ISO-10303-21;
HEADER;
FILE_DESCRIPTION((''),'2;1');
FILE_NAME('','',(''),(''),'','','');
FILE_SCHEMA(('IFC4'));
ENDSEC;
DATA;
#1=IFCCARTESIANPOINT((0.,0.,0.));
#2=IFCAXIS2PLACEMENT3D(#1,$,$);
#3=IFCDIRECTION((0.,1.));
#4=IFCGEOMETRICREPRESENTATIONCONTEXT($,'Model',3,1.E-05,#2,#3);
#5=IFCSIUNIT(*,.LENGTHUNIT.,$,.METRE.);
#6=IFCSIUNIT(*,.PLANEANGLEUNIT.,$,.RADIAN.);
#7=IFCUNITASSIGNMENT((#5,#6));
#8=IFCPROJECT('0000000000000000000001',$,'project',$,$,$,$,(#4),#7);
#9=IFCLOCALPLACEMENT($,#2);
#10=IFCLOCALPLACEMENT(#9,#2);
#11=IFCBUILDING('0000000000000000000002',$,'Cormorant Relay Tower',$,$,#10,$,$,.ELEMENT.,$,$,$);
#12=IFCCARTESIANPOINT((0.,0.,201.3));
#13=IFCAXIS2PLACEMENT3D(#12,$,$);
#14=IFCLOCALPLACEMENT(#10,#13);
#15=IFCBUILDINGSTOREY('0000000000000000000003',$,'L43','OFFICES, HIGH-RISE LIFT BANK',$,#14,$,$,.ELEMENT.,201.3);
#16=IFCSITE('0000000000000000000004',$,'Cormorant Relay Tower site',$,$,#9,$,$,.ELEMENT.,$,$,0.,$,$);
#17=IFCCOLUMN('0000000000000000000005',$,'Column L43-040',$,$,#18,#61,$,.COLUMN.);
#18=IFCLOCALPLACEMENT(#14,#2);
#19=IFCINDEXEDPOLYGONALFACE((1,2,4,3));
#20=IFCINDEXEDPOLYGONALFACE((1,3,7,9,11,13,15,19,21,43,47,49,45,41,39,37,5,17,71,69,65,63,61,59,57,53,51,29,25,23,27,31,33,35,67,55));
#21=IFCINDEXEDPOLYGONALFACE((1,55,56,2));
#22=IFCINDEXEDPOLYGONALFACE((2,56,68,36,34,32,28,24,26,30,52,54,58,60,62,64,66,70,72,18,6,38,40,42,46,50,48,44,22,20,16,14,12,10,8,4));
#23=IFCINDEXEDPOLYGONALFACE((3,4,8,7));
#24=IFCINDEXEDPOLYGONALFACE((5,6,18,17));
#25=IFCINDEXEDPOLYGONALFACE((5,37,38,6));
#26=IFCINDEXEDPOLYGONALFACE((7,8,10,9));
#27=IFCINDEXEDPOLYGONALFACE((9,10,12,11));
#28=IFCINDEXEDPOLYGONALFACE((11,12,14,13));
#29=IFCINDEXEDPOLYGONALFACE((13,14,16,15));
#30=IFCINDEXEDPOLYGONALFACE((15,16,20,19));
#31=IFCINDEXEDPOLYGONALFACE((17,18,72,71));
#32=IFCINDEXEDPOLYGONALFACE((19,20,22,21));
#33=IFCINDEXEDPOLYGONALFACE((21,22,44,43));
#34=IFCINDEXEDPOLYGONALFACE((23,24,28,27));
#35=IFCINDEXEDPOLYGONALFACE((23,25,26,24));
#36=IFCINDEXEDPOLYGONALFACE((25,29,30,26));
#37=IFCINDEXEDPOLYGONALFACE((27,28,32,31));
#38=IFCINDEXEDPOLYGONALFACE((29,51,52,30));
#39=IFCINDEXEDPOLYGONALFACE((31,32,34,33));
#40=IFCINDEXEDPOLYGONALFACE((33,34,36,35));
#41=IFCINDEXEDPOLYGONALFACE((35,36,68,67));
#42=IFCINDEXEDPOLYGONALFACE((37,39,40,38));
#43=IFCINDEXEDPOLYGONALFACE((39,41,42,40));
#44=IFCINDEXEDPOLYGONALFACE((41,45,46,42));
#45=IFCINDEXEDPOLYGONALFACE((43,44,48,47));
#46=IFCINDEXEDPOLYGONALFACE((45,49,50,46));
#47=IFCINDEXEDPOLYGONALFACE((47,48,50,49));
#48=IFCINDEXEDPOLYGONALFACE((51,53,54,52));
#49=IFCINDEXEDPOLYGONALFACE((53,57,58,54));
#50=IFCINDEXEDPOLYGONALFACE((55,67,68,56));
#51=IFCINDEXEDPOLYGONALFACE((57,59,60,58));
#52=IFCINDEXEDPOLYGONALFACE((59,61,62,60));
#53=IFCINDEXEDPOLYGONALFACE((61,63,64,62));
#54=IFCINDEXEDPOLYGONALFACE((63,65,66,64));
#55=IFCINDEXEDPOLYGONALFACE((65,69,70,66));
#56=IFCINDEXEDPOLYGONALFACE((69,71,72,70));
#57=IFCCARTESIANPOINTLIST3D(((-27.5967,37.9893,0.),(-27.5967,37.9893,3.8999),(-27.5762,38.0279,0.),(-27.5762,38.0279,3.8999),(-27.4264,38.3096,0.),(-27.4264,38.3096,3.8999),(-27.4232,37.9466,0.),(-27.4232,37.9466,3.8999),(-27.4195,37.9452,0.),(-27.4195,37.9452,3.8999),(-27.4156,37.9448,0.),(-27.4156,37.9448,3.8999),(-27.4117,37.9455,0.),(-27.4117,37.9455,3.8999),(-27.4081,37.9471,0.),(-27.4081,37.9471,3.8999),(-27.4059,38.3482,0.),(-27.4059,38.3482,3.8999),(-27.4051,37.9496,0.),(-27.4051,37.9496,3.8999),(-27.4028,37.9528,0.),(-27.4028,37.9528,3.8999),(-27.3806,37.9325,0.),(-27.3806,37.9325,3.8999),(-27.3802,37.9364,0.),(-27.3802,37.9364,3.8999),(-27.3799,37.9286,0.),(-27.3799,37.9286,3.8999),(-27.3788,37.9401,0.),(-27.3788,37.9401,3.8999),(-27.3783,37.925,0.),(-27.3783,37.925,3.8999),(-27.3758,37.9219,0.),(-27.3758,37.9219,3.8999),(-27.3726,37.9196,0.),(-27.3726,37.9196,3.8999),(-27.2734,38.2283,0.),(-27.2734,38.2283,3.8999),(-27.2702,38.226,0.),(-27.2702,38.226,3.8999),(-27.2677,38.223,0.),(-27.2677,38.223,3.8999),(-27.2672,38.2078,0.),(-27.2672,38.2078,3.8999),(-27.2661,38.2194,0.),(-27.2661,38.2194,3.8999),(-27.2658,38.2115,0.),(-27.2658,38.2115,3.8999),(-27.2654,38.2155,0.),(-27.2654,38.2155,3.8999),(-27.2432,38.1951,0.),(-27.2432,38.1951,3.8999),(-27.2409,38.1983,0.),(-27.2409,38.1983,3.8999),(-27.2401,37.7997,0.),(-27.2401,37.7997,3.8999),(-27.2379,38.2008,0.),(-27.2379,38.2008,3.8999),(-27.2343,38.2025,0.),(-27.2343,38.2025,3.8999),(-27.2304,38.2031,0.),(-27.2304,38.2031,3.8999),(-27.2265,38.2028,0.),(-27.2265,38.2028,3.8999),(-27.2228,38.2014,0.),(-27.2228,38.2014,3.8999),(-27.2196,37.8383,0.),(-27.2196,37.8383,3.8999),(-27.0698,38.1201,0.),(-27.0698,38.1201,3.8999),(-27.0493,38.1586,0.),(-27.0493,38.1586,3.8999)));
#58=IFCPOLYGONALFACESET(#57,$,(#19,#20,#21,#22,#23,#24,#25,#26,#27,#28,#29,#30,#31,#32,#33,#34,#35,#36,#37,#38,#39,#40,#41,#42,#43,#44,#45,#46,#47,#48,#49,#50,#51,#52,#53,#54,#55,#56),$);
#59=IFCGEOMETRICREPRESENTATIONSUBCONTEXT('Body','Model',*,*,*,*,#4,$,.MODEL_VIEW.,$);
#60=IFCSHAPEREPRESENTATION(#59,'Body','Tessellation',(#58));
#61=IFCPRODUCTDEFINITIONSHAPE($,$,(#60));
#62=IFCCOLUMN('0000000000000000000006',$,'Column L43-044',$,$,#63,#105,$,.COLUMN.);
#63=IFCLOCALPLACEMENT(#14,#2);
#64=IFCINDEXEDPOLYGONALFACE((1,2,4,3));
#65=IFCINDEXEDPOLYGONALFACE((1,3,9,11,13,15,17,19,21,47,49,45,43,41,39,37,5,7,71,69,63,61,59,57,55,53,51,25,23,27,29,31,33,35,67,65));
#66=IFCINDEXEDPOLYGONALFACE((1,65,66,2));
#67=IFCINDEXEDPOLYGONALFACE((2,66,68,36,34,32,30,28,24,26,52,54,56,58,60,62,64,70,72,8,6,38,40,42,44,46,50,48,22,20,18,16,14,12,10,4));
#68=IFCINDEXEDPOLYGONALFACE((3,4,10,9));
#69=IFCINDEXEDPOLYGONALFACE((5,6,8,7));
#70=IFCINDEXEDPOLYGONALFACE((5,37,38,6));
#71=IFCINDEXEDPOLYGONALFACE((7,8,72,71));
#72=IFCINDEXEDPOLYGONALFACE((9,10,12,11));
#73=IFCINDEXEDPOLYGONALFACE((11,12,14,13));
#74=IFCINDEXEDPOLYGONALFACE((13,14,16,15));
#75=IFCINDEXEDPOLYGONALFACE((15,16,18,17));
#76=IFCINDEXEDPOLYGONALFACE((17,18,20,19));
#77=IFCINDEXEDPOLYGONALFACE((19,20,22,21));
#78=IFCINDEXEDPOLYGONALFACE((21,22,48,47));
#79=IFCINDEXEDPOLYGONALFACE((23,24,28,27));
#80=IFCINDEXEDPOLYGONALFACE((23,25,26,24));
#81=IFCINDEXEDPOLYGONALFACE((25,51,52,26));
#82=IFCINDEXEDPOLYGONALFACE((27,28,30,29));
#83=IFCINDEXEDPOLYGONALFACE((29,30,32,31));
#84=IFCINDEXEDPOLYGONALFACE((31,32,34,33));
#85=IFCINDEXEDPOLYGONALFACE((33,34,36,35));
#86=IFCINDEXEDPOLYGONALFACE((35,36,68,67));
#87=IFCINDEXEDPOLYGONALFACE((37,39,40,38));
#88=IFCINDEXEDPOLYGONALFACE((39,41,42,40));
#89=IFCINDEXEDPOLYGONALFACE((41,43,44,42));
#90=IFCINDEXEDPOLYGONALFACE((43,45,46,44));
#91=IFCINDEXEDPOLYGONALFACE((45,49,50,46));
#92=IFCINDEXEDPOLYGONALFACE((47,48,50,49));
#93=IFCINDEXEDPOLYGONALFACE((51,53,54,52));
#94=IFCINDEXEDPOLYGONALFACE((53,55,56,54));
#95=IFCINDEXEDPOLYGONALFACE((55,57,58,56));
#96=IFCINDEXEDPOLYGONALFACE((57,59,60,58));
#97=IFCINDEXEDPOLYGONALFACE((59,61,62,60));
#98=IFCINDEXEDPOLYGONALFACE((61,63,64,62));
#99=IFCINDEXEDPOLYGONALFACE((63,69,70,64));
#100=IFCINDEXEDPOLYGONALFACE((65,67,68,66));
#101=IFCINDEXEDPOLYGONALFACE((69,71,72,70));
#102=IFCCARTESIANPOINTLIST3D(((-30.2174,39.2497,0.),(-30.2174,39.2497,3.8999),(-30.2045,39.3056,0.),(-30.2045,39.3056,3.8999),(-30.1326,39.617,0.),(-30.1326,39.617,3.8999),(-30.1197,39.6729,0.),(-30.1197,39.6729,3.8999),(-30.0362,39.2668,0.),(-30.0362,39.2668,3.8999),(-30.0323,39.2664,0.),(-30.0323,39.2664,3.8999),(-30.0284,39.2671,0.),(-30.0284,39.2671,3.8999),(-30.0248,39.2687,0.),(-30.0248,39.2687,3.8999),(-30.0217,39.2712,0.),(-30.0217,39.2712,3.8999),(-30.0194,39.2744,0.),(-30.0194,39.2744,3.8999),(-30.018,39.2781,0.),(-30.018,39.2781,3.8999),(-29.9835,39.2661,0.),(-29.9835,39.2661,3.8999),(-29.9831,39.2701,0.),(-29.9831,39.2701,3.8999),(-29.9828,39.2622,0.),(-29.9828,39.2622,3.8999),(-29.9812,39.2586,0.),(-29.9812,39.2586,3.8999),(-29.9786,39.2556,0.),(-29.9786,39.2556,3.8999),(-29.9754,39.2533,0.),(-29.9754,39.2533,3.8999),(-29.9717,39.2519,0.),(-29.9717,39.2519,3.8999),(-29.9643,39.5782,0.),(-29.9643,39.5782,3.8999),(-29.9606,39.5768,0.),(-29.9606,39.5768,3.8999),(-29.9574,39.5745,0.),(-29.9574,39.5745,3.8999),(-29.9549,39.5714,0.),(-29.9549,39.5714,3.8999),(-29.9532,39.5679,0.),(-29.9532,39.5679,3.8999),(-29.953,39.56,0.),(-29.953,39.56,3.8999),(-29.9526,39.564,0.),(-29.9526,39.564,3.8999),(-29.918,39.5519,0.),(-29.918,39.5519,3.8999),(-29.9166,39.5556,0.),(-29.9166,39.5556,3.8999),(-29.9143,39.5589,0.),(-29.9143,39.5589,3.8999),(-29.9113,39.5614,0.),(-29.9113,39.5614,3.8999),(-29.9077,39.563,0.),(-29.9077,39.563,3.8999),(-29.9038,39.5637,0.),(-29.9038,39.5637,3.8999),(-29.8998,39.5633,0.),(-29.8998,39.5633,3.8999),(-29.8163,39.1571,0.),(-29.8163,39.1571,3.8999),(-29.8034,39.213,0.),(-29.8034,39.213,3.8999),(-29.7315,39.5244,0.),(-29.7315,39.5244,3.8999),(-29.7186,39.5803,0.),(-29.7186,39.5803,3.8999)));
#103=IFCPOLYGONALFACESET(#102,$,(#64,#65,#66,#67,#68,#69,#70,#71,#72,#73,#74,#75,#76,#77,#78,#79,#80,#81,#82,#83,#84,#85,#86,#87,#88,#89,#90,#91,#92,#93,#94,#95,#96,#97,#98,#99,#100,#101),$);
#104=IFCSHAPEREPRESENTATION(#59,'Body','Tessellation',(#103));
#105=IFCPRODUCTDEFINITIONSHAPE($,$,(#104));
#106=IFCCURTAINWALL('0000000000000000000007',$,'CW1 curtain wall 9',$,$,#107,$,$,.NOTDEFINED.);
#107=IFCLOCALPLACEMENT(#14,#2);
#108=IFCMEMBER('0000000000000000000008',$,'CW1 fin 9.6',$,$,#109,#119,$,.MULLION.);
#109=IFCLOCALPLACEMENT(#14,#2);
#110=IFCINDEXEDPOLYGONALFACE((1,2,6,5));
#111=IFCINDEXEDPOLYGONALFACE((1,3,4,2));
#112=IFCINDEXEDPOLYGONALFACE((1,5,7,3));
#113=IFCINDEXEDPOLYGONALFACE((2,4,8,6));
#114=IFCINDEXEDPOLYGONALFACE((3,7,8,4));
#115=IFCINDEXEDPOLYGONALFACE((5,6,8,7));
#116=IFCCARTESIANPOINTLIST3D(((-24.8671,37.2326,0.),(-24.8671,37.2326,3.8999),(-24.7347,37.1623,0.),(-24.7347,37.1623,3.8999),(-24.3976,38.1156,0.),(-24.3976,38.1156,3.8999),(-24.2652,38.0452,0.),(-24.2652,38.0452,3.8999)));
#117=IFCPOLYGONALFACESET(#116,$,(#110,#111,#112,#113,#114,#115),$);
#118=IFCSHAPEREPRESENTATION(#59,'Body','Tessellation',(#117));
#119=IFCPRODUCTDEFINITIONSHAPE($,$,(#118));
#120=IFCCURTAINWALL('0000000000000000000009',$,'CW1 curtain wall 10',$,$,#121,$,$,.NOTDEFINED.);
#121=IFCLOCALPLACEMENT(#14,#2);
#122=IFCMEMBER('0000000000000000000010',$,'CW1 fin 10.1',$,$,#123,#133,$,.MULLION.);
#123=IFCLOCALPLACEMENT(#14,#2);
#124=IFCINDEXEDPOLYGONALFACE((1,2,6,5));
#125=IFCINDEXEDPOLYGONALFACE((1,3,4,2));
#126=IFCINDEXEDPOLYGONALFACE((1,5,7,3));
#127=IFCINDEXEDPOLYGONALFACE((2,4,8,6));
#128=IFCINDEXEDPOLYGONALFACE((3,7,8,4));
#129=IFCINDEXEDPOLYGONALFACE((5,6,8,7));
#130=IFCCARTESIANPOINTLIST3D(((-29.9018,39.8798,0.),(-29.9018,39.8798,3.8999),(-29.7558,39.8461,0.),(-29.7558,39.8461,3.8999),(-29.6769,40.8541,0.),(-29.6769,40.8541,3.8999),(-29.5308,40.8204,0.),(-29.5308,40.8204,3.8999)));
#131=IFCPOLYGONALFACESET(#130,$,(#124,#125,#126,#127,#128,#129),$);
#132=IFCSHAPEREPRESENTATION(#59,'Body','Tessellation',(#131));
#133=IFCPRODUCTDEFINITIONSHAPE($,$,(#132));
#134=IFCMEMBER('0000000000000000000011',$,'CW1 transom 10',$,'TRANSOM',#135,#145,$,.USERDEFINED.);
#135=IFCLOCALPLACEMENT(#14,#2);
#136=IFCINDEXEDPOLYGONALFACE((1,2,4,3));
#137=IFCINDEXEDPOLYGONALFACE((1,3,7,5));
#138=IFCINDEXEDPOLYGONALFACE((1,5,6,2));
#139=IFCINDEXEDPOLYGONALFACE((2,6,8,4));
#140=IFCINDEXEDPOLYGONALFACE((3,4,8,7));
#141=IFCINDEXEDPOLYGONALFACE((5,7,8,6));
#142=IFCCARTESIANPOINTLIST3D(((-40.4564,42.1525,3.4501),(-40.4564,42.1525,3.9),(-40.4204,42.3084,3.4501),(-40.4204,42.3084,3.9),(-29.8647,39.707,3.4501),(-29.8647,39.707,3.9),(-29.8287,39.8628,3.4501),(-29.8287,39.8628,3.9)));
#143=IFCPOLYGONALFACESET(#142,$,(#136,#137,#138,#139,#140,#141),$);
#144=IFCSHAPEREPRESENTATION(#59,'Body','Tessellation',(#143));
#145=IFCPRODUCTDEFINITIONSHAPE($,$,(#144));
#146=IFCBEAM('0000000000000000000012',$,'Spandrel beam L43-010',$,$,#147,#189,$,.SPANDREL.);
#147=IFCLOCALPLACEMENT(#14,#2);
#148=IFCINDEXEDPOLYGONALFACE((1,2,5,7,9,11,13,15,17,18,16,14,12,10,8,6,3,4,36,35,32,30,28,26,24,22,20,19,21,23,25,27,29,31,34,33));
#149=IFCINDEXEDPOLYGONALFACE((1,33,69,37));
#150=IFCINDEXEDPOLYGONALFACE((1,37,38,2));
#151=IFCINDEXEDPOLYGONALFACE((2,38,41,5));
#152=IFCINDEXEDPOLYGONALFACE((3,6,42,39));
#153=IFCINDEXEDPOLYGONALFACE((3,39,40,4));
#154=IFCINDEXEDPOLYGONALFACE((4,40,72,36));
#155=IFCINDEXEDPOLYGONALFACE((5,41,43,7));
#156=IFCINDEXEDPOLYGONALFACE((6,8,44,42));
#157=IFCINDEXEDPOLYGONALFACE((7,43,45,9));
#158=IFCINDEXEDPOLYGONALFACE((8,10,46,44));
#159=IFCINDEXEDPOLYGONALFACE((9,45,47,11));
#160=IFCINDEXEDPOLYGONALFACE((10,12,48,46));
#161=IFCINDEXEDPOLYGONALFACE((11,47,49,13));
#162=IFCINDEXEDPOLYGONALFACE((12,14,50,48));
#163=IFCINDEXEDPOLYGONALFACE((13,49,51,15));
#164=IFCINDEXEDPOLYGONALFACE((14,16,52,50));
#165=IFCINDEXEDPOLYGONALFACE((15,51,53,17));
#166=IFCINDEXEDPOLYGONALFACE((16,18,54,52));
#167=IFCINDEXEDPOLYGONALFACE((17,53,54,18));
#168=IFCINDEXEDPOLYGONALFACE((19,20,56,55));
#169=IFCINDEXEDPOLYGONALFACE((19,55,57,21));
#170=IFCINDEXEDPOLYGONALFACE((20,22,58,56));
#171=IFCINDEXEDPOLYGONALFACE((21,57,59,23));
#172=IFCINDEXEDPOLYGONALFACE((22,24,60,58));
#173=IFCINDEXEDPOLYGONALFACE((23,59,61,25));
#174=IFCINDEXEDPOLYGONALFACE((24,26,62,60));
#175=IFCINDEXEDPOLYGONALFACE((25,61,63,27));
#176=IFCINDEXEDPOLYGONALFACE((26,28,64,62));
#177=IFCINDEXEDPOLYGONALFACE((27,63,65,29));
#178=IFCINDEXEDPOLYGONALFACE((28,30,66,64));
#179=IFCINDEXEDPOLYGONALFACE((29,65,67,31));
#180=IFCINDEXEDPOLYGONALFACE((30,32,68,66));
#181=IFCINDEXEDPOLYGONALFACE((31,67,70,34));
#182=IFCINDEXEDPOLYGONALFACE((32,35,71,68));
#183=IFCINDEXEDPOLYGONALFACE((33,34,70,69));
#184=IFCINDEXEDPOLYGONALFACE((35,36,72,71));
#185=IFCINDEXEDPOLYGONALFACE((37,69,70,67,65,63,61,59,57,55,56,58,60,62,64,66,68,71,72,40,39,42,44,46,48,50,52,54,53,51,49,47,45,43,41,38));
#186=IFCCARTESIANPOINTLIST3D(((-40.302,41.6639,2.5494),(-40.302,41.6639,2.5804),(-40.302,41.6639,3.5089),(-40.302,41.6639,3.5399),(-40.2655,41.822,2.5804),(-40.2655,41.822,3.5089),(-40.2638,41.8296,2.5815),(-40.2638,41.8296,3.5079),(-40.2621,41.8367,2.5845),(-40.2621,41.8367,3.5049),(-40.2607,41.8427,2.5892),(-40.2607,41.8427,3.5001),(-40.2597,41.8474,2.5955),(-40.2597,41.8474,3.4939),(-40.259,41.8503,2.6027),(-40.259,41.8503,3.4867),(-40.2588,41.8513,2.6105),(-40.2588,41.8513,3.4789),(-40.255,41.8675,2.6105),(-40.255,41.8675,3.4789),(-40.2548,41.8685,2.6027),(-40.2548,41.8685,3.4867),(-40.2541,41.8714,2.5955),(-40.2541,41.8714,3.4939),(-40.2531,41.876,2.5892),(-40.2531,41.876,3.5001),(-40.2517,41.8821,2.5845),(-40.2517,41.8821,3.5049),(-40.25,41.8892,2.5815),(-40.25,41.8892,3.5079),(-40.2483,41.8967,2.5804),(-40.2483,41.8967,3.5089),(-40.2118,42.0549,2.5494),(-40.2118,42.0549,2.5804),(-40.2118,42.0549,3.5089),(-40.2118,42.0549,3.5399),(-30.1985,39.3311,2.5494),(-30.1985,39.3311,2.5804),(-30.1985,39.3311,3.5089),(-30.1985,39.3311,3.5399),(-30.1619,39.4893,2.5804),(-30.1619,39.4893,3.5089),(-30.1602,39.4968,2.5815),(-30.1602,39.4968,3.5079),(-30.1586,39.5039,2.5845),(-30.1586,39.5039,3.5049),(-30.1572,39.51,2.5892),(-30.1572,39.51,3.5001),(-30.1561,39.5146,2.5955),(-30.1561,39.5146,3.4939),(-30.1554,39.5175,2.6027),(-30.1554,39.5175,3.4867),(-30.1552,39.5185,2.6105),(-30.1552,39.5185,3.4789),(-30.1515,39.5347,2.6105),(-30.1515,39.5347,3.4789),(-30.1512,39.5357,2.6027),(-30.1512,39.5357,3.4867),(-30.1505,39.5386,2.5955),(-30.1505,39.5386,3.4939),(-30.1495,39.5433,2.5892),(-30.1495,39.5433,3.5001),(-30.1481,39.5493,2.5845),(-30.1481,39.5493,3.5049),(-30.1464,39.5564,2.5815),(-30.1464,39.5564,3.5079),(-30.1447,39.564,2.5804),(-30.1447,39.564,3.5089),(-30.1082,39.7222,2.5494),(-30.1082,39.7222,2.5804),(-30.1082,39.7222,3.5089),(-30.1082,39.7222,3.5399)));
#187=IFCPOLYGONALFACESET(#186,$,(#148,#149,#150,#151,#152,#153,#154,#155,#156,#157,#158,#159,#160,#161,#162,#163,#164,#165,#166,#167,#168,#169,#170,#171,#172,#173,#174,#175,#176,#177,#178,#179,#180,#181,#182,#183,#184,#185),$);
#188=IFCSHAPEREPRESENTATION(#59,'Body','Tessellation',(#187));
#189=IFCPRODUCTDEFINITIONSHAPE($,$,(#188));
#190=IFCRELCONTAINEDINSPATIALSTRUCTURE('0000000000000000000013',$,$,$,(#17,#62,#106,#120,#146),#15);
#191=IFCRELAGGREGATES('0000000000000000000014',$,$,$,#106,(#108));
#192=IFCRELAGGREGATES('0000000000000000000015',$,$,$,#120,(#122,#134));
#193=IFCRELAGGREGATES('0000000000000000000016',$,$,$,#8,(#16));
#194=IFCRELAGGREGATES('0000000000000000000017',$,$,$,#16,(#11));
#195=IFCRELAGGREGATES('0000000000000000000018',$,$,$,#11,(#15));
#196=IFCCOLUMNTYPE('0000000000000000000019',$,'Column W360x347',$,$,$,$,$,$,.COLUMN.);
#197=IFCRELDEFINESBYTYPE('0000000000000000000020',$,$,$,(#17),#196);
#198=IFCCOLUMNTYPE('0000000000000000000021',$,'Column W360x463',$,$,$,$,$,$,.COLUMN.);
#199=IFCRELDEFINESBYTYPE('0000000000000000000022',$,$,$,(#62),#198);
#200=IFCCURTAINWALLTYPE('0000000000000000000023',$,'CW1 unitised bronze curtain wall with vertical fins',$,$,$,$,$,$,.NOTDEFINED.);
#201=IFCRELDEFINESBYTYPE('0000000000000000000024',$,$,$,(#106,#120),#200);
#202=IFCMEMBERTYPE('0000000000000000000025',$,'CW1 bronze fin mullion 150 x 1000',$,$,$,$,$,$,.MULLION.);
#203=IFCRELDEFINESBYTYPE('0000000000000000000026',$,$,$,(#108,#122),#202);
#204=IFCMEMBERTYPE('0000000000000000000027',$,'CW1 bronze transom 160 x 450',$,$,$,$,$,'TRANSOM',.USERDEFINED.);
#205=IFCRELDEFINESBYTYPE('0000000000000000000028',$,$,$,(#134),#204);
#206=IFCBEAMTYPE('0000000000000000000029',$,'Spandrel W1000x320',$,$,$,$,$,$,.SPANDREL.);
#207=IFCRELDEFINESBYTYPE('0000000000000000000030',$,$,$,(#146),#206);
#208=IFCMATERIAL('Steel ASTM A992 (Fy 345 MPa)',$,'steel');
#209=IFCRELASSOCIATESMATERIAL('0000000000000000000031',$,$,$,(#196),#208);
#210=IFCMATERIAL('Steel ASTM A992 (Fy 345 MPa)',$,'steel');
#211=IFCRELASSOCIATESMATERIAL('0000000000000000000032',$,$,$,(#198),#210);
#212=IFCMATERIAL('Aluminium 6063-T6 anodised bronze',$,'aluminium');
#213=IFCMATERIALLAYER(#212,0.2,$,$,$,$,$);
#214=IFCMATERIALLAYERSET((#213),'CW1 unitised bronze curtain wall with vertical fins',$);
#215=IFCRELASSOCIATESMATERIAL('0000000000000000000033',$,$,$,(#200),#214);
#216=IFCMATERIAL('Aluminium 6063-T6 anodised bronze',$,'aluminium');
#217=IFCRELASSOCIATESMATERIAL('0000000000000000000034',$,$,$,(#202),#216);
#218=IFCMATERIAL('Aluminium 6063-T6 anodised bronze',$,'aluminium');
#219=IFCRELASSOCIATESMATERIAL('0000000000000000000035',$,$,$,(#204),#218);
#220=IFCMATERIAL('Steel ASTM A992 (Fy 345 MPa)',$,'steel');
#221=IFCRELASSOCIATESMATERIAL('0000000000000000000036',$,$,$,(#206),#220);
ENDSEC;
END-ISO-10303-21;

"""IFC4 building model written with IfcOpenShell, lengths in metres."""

from ifc_helpers import new_model, si_unit, direction, frame, origin, origin_2d, place, context, subcontext, project, spatial, rectangle, i_section, extrude, material, layer, layer_set, material_profile, profile_set, type_object, element, aggregate, save


model = new_model("IFC4")

# Units and contexts
model_context = context("Model", 3, precision=1e-05, world=origin(), true_north=direction((0.0, 1.0)))
body_context = subcontext(model_context, "Body", "Model", "MODEL_VIEW")
ifc_project = project(units=[si_unit("LENGTHUNIT", "METRE"), si_unit("PLANEANGLEUNIT", "RADIAN")], contexts=[model_context])

# Site, building, storey
site_placement = place(None, origin())
site = spatial("IfcSite", under=ifc_project, at=site_placement, Name="Cormorant Relay Tower site", CompositionType="ELEMENT", RefElevation=0.0)
building_placement = place(site_placement, origin())
building = spatial("IfcBuilding", under=site, at=building_placement, Name="Cormorant Relay Tower", CompositionType="ELEMENT")
storey_placement = place(building_placement, frame((0.0, 0.0, 201.3)))
storey = spatial("IfcBuildingStorey", under=building, at=storey_placement, Name="L43", Description="OFFICES, HIGH-RISE LIFT BANK", CompositionType="ELEMENT", Elevation=201.3)

# Columns
ifc_material_1 = material(Name="Steel ASTM A992 (Fy 345 MPa)", Category="steel")
ifc_material_profile_1 = material_profile(ifc_material_1, i_section(OverallWidth=0.4038, OverallDepth=0.4065, WebThickness=0.0271, FlangeThickness=0.0437, FilletRadius=0.0151, at=origin_2d()), Name="W360x347")
ifc_profile_set_1 = profile_set([ifc_material_profile_1], Name="Steel ASTM A992 (Fy 345 MPa)")
column_type_1 = type_object("IfcColumnType", Name="Column W360x347", PredefinedType="COLUMN", material=ifc_profile_set_1)
column_1_placement = place(storey_placement, frame((-27.323, 38.074, 0.0), z_axis=(0.0, 0.0, 1.0), x_axis=(-0.882948, 0.469472, 0.0)))
element("IfcColumn", 1, at=column_1_placement, inside=storey, type_object=column_type_1, Name="Column L43-040", PredefinedType="COLUMN", context=body_context, shape_type="SweptSolid", body=[
    extrude(i_section(OverallWidth=0.4038, OverallDepth=0.4065, WebThickness=0.0271, FlangeThickness=0.0437, FilletRadius=0.0151, at=origin_2d()), origin(), (0.0, 0.0, 1.0), 3.8999),
])
ifc_material_2 = material(Name="Steel ASTM A992 (Fy 345 MPa)", Category="steel")
ifc_material_profile_2 = material_profile(ifc_material_2, i_section(OverallWidth=0.4116, OverallDepth=0.4343, WebThickness=0.0359, FlangeThickness=0.0574, FilletRadius=0.0151, at=origin_2d()), Name="W360x463")
ifc_profile_set_2 = profile_set([ifc_material_profile_2], Name="Steel ASTM A992 (Fy 345 MPa)")
column_type_2 = type_object("IfcColumnType", Name="Column W360x463", PredefinedType="COLUMN", material=ifc_profile_set_2)
column_2_placement = place(storey_placement, frame((-29.968, 39.415, 0.0), z_axis=(0.0, 0.0, 1.0), x_axis=(-0.97437, 0.224951, 0.0)))
element("IfcColumn", 2, at=column_2_placement, inside=storey, type_object=column_type_2, Name="Column L43-044", PredefinedType="COLUMN", context=body_context, shape_type="SweptSolid", body=[
    extrude(i_section(OverallWidth=0.4116, OverallDepth=0.4343, WebThickness=0.0359, FlangeThickness=0.0574, FilletRadius=0.0151, at=origin_2d()), origin(), (0.0, 0.0, 1.0), 3.8999),
])

# Curtain wall, member
ifc_material_3 = material(Name="Aluminium 6063-T6 anodised bronze", Category="aluminium")
ifc_layer_1 = layer(ifc_material_3, 0.2)
ifc_layer_set_1 = layer_set([ifc_layer_1], Name="CW1 unitised bronze curtain wall with vertical fins")
curtain_wall_type = type_object("IfcCurtainWallType", Name="CW1 unitised bronze curtain wall with vertical fins", PredefinedType="NOTDEFINED", material=ifc_layer_set_1)
curtain_wall_1_placement = place(storey_placement, origin())
curtain_wall_1 = element("IfcCurtainWall", 3, at=curtain_wall_1_placement, inside=storey, type_object=curtain_wall_type, Name="CW1 curtain wall 9", PredefinedType="NOTDEFINED")
ifc_material_4 = material(Name="Aluminium 6063-T6 anodised bronze", Category="aluminium")
ifc_material_profile_3 = material_profile(ifc_material_4, rectangle(XDim=0.1499, YDim=1.0, at=origin_2d()), Name="AL 150x1000")
ifc_profile_set_3 = profile_set([ifc_material_profile_3], Name="Aluminium 6063-T6 anodised bronze")
member_type_1 = type_object("IfcMemberType", Name="CW1 bronze fin mullion 150 x 1000", PredefinedType="MULLION", material=ifc_profile_set_3)
member_1_placement = place(storey_placement, frame((-24.5662, 37.6389, 0.0), z_axis=(0.0, 0.0, 1.0), x_axis=(-0.882948, 0.469472, 0.0)))
member_1 = element("IfcMember", 4, at=member_1_placement, type_object=member_type_1, Name="CW1 fin 9.6", PredefinedType="MULLION", context=body_context, shape_type="SweptSolid", body=[
    extrude(rectangle(XDim=0.1499, YDim=1.0, at=origin_2d()), origin(), (0.0, 0.0, 1.0), 3.8999),
])

# Curtain wall, members
curtain_wall_2_placement = place(storey_placement, origin())
curtain_wall_2 = element("IfcCurtainWall", 5, at=curtain_wall_2_placement, inside=storey, type_object=curtain_wall_type, Name="CW1 curtain wall 10", PredefinedType="NOTDEFINED")
member_2_placement = place(storey_placement, frame((-29.7163, 40.3501, 0.0), z_axis=(0.0, 0.0, 1.0), x_axis=(-0.97437, 0.224951, 0.0)))
member_2 = element("IfcMember", 6, at=member_2_placement, type_object=member_type_1, Name="CW1 fin 10.1", PredefinedType="MULLION", context=body_context, shape_type="SweptSolid", body=[
    extrude(rectangle(XDim=0.1499, YDim=1.0, at=origin_2d()), origin(), (0.0, 0.0, 1.0), 3.8999),
])
ifc_material_5 = material(Name="Aluminium 6063-T6 anodised bronze", Category="aluminium")
ifc_material_profile_4 = material_profile(ifc_material_5, rectangle(XDim=0.1599, YDim=0.45, at=origin_2d()), Name="AL 160x450")
ifc_profile_set_4 = profile_set([ifc_material_profile_4], Name="Aluminium 6063-T6 anodised bronze")
member_type_2 = type_object("IfcMemberType", Name="CW1 bronze transom 160 x 450", ElementType="TRANSOM", PredefinedType="USERDEFINED", material=ifc_profile_set_4)
member_3_placement = place(storey_placement, frame((-29.8467, 39.7849, 3.675), z_axis=(-0.974365, 0.224973, 0.0), x_axis=(-0.224973, -0.974365, 0.0)))
member_3 = element("IfcMember", 7, at=member_3_placement, type_object=member_type_2, Name="CW1 transom 10", ObjectType="TRANSOM", PredefinedType="USERDEFINED", context=body_context, shape_type="SweptSolid", body=[
    extrude(rectangle(XDim=0.1599, YDim=0.45, at=origin_2d()), origin(), (0.0, 0.0, 1.0), 10.8704),
])

# Beam
ifc_material_6 = material(Name="Steel ASTM A992 (Fy 345 MPa)", Category="steel")
ifc_material_profile_5 = material_profile(ifc_material_6, i_section(OverallWidth=0.4014, OverallDepth=0.9905, WebThickness=0.0166, FlangeThickness=0.031, FilletRadius=0.03, at=origin_2d()), Name="W1000x320")
ifc_profile_set_5 = profile_set([ifc_material_profile_5], Name="Steel ASTM A992 (Fy 345 MPa)")
beam_type = type_object("IfcBeamType", Name="Spandrel W1000x320", PredefinedType="SPANDREL", material=ifc_profile_set_5)
beam_placement = place(storey_placement, frame((-30.1533, 39.5266, 3.0447), z_axis=(-0.974366, 0.224968, 0.0), x_axis=(-0.224968, -0.974366, 0.0)))
element("IfcBeam", 8, at=beam_placement, inside=storey, type_object=beam_type, Name="Spandrel beam L43-010", PredefinedType="SPANDREL", context=body_context, shape_type="SweptSolid", body=[
    extrude(i_section(OverallWidth=0.4014, OverallDepth=0.9905, WebThickness=0.0166, FlangeThickness=0.031, FilletRadius=0.03, at=origin_2d()), origin(), (0.0, 0.0, 1.0), 10.3694),
])

aggregate(curtain_wall_1, [member_1])
aggregate(curtain_wall_2, [member_2, member_3])

save(model, "model.ifc")
